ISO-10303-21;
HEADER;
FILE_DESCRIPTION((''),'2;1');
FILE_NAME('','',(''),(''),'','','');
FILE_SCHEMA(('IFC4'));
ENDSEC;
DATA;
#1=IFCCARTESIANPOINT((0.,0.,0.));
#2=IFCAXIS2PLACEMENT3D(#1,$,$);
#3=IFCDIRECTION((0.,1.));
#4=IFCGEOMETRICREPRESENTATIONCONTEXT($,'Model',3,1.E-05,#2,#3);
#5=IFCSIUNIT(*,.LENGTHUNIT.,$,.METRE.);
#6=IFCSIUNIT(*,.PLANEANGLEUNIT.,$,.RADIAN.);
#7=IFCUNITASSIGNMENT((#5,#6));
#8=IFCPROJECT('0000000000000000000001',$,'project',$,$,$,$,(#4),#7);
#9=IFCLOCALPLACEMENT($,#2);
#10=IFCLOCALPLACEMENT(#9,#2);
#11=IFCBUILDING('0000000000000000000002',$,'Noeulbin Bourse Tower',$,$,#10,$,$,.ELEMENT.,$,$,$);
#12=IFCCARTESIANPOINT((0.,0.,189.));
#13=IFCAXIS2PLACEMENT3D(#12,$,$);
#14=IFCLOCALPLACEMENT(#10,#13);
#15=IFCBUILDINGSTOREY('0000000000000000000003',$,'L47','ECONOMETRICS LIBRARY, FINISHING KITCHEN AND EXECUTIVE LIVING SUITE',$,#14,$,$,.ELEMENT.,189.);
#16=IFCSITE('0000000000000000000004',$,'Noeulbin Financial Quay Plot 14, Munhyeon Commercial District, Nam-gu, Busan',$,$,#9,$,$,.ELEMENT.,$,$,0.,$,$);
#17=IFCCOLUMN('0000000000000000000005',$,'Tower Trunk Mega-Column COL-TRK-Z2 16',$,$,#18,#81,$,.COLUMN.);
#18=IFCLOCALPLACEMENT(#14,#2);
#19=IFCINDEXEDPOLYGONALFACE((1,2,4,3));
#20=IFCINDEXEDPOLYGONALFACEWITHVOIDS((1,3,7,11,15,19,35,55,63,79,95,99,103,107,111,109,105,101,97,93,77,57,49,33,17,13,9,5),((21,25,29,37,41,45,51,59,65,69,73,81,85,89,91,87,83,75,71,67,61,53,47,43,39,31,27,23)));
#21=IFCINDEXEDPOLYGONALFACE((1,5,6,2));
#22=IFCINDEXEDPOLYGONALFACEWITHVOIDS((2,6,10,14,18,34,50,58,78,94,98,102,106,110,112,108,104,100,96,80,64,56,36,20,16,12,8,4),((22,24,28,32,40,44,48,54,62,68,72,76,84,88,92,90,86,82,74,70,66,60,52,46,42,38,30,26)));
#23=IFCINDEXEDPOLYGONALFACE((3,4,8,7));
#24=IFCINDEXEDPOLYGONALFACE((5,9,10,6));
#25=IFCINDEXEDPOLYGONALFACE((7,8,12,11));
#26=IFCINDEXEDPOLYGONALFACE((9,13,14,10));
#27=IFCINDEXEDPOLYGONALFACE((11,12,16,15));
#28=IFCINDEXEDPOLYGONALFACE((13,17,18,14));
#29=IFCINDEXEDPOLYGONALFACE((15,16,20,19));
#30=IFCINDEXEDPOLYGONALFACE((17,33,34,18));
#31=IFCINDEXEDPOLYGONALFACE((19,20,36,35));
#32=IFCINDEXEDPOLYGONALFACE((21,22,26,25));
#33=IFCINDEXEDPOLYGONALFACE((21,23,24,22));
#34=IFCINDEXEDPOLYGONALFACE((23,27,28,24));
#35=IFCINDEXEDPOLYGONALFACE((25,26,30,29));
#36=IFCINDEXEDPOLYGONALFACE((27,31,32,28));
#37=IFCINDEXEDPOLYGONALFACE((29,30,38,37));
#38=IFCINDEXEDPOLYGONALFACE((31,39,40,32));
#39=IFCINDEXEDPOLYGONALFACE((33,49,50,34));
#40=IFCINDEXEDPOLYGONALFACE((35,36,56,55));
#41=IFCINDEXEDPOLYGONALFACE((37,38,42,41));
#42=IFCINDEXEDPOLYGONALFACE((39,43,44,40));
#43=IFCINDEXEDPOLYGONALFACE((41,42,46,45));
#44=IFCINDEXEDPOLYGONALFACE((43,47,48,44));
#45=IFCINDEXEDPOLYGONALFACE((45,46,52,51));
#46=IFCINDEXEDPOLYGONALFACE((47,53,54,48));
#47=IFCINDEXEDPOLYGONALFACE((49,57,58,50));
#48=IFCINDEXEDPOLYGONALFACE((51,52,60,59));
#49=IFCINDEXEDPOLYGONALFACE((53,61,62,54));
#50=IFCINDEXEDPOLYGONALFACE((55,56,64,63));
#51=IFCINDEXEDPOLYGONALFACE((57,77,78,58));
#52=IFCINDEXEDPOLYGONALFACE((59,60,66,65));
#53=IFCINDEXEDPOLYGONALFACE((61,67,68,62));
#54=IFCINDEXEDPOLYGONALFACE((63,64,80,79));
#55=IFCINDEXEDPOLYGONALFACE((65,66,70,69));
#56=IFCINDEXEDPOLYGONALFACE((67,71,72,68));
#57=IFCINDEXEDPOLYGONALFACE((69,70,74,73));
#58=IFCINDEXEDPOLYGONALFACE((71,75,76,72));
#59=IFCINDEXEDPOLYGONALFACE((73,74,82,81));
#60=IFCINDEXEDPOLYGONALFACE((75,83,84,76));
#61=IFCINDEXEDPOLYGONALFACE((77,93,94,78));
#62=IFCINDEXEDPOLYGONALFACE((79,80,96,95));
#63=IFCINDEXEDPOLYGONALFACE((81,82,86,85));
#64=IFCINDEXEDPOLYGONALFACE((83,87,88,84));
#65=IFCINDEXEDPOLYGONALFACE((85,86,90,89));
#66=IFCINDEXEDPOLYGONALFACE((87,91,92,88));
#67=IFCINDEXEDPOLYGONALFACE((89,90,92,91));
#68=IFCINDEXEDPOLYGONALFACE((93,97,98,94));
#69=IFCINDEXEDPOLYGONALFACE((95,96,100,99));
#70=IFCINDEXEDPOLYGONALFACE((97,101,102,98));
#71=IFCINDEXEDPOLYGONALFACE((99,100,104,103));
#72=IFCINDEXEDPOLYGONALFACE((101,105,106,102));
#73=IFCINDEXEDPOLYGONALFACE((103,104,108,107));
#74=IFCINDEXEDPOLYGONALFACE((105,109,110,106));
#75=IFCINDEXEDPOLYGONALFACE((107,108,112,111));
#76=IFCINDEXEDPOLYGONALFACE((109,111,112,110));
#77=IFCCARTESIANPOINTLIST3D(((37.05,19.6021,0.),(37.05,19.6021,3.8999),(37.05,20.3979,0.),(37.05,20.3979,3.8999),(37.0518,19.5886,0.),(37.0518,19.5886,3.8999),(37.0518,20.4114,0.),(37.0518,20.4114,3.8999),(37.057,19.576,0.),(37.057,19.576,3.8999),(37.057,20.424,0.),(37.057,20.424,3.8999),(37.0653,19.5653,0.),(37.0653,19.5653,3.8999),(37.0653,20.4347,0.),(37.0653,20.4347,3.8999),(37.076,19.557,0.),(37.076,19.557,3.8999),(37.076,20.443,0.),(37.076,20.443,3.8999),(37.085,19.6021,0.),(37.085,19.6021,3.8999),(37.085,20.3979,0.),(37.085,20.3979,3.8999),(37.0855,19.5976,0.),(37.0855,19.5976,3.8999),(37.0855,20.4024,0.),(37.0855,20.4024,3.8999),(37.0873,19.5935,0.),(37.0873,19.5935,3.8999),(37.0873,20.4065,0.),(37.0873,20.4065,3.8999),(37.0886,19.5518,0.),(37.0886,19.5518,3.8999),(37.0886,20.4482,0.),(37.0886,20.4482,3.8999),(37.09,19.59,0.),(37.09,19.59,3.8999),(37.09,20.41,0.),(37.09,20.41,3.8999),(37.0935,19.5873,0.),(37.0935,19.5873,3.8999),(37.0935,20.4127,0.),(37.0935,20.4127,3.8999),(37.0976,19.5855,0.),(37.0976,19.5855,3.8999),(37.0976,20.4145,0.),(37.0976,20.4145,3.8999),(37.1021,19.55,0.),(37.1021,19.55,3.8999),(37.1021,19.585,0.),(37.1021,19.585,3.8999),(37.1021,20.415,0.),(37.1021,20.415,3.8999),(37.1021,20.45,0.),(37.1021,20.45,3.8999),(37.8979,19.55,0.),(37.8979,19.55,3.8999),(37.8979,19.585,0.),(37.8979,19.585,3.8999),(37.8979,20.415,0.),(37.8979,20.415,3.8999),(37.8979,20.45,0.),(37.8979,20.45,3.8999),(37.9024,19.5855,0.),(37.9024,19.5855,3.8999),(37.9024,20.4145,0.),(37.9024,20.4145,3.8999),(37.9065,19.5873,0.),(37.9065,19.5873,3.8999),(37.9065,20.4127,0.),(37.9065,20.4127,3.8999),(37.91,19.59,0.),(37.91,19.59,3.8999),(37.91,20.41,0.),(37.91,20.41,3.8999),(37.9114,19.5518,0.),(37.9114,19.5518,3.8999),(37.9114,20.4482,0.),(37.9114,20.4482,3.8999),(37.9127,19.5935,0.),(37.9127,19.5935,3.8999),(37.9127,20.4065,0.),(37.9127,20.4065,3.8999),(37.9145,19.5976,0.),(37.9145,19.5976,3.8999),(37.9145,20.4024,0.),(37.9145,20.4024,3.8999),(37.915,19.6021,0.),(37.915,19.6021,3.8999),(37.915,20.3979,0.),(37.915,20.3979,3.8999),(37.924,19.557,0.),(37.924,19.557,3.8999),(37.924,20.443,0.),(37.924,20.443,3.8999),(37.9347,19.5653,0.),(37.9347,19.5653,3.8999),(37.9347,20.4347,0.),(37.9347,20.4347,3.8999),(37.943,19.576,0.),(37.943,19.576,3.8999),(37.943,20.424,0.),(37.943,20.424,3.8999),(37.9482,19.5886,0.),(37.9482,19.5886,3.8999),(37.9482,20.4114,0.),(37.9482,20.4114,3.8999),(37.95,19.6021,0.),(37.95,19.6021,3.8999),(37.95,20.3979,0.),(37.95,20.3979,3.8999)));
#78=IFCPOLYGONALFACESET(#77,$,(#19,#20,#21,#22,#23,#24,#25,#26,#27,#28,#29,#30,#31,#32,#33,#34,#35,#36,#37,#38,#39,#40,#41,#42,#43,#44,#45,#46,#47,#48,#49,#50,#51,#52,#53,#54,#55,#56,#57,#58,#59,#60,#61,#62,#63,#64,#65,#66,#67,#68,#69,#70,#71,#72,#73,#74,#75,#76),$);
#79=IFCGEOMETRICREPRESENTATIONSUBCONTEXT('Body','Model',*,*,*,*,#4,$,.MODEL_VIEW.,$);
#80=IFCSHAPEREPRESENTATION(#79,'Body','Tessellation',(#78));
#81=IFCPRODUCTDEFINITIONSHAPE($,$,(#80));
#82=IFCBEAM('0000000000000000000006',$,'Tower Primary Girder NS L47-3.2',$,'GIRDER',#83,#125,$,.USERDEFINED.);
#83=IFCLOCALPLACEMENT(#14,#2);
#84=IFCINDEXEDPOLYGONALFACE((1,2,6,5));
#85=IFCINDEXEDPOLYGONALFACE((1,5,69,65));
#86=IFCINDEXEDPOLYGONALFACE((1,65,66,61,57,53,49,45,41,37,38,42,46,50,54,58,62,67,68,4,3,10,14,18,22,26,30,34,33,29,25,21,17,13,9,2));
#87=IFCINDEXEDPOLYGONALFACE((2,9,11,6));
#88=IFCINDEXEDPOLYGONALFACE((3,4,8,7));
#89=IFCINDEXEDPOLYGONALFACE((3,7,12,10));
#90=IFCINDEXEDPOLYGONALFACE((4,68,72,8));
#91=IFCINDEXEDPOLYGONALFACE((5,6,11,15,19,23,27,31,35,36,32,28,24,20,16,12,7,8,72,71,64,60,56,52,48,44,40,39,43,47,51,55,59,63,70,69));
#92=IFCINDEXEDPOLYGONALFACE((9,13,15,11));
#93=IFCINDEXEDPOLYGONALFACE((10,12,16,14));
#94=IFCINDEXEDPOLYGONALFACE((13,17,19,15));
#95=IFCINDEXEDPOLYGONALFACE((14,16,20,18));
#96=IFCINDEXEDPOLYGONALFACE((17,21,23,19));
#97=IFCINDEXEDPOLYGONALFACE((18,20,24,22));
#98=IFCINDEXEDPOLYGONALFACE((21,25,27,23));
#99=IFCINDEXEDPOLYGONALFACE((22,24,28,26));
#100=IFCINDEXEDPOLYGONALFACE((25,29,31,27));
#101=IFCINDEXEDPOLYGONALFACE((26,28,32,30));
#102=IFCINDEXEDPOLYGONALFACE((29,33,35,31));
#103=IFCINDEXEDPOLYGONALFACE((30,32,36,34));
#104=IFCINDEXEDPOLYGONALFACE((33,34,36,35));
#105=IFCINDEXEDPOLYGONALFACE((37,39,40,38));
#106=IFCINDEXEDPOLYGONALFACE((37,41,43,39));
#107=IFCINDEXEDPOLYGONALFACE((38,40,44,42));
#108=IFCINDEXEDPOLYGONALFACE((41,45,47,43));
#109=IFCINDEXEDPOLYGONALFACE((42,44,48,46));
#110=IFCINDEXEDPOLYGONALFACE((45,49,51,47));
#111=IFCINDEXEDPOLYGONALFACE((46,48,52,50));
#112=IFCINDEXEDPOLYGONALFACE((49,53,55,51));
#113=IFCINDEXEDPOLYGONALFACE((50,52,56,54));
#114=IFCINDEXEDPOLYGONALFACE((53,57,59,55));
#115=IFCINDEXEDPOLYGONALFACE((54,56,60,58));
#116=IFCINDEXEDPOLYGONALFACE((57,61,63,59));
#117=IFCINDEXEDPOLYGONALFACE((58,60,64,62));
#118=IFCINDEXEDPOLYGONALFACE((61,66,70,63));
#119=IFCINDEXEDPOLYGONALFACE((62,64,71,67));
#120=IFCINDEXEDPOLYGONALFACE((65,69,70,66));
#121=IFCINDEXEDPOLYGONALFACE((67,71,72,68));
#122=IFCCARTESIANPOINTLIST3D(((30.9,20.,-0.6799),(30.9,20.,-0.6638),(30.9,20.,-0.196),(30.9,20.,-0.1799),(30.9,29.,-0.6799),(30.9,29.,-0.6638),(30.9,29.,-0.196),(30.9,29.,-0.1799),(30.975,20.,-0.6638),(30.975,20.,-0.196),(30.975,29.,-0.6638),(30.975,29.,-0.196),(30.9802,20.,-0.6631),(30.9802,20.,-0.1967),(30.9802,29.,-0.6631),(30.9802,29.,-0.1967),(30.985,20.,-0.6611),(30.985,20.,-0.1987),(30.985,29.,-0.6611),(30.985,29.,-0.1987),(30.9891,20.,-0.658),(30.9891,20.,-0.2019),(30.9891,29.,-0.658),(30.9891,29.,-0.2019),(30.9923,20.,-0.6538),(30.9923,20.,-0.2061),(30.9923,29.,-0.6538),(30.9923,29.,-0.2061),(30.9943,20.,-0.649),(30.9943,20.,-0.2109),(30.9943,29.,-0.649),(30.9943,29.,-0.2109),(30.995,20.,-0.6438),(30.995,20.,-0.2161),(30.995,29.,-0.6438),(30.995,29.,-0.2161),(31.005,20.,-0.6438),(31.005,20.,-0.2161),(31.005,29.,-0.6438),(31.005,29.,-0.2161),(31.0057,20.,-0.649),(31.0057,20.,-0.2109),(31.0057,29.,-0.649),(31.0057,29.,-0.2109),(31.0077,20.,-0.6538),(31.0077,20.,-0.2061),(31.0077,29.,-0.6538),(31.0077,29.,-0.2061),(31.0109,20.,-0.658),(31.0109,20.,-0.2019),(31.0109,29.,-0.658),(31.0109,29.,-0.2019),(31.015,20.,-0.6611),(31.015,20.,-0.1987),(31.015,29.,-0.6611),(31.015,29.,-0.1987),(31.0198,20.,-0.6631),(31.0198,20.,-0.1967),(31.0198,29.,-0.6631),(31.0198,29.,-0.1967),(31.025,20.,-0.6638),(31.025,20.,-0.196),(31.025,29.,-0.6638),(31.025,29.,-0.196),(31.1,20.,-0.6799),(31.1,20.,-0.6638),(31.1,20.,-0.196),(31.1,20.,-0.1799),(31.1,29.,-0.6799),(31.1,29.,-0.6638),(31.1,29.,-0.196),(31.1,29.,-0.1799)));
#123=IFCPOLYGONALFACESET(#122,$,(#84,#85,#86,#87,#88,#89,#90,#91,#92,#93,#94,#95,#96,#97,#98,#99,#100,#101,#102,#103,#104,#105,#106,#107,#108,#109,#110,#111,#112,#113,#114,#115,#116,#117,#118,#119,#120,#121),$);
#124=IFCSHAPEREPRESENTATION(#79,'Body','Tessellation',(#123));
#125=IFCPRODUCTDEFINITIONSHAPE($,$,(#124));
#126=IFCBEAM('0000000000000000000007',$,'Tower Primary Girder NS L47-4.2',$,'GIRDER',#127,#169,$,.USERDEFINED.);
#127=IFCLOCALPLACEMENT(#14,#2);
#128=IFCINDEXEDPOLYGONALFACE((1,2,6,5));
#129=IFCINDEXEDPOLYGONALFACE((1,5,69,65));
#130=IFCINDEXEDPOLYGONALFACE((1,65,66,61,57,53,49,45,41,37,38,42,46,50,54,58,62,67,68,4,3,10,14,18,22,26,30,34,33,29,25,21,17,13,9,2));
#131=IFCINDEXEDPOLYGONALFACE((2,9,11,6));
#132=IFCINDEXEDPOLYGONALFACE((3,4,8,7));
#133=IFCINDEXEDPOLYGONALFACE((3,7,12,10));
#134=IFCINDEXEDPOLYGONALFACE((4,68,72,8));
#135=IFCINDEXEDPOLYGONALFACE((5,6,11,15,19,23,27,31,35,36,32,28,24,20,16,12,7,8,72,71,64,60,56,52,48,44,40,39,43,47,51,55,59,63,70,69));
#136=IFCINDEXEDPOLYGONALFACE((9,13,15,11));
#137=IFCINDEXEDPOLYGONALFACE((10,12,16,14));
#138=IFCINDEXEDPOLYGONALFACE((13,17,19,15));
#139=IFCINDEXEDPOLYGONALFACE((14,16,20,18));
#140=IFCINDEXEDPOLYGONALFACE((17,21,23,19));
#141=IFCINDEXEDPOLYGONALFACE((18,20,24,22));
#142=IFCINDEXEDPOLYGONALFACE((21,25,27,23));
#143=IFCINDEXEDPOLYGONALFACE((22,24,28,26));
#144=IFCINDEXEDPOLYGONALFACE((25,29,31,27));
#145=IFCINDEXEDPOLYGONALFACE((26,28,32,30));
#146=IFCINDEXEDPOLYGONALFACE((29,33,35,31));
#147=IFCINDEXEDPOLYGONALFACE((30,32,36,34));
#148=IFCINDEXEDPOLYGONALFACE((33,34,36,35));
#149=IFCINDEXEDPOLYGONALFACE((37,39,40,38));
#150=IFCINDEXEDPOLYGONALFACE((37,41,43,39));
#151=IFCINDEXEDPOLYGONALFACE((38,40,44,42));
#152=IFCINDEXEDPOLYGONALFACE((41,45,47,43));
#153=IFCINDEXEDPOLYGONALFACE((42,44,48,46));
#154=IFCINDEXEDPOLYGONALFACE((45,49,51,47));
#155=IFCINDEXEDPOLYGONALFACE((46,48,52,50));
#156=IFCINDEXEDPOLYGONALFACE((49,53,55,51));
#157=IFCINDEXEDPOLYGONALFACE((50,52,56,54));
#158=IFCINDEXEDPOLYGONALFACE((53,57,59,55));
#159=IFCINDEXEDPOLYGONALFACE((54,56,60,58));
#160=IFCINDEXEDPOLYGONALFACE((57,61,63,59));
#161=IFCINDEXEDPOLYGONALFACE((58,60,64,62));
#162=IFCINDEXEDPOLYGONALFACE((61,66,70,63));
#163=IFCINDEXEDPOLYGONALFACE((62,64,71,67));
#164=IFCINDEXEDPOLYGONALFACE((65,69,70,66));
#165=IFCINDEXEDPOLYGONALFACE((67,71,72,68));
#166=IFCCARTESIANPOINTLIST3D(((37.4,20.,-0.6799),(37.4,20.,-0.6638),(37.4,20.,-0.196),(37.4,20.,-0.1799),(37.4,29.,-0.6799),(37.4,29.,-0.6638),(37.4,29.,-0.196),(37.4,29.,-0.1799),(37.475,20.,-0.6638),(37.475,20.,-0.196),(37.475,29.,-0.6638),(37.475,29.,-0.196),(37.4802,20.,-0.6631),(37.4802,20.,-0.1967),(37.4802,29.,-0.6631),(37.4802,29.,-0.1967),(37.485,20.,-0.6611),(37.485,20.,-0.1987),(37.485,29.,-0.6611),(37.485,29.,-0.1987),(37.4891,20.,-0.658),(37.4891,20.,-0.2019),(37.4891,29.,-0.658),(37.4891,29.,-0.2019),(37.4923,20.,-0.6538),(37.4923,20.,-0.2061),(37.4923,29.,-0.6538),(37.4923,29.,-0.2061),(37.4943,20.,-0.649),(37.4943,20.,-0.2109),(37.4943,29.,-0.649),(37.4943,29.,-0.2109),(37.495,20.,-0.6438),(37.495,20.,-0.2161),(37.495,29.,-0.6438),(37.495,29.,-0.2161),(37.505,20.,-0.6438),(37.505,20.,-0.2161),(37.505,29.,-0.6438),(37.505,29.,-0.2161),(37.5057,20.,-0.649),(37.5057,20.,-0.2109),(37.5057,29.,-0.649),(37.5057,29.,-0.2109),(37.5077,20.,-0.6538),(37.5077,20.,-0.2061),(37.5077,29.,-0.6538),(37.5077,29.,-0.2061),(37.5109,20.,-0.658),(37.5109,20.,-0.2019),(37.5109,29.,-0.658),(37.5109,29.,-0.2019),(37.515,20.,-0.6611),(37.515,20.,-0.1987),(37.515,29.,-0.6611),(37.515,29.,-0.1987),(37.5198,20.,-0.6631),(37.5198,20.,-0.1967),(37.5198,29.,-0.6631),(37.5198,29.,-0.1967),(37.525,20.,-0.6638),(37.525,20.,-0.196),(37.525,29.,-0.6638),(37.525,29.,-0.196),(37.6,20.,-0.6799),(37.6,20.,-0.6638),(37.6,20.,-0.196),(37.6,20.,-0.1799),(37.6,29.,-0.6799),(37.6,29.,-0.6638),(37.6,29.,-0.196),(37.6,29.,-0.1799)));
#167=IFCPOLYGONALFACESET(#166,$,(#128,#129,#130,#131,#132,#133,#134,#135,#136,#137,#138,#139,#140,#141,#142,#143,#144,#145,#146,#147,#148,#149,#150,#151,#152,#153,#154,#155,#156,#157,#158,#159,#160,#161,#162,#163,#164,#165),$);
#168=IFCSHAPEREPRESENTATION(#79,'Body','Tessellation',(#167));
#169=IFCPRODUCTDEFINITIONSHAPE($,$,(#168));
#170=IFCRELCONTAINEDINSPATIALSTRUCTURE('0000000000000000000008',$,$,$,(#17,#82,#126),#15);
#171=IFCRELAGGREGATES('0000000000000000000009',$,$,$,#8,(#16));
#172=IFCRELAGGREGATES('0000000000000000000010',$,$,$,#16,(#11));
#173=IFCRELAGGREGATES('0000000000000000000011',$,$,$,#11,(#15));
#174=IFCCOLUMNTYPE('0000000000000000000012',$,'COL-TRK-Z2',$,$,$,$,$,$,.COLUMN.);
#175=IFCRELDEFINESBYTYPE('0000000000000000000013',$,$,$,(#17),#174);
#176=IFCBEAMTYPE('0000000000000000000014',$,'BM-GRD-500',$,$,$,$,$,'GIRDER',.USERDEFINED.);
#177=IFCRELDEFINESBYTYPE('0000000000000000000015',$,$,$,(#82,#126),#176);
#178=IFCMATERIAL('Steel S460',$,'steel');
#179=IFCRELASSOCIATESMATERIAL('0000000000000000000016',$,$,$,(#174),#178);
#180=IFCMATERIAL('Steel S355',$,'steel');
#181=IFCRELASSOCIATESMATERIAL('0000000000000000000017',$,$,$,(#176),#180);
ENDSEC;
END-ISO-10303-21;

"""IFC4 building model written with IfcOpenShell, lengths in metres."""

from ifc_helpers import new_model, si_unit, direction, frame, origin, origin_2d, place, context, subcontext, project, spatial, hollow_rectangle, i_section, extrude, material, material_profile, profile_set, type_object, element, save


model = new_model("IFC4")

# Units and contexts
model_context = context("Model", 3, precision=1e-05, world=origin(), true_north=direction((0.0, 1.0)))
body_context = subcontext(model_context, "Body", "Model", "MODEL_VIEW")
ifc_project = project(units=[si_unit("LENGTHUNIT", "METRE"), si_unit("PLANEANGLEUNIT", "RADIAN")], contexts=[model_context])

# Site, building, storey
site_placement = place(None, origin())
site = spatial("IfcSite", under=ifc_project, at=site_placement, Name="Noeulbin Financial Quay Plot 14, Munhyeon Commercial District, Nam-gu, Busan", CompositionType="ELEMENT", RefElevation=0.0)
building_placement = place(site_placement, origin())
building = spatial("IfcBuilding", under=site, at=building_placement, Name="Noeulbin Bourse Tower", CompositionType="ELEMENT")
storey_placement = place(building_placement, frame((0.0, 0.0, 189.0)))
storey = spatial("IfcBuildingStorey", under=building, at=storey_placement, Name="L47", Description="ECONOMETRICS LIBRARY, FINISHING KITCHEN AND EXECUTIVE LIVING SUITE", CompositionType="ELEMENT", Elevation=189.0)

# Column
ifc_material_1 = material(Name="Steel S460", Category="steel")
ifc_material_profile_1 = material_profile(ifc_material_1, hollow_rectangle(XDim=0.8999, YDim=0.8999, WallThickness=0.0349, InnerFilletRadius=0.0171, OuterFilletRadius=0.052, at=origin_2d()), Name="BOX-900x900x35", Category="LoadBearing")
ifc_profile_set_1 = profile_set([ifc_material_profile_1], Name="Steel S460")
column_type = type_object("IfcColumnType", Name="COL-TRK-Z2", PredefinedType="COLUMN", material=ifc_profile_set_1)
for number, where, z_axis, x_axis, name in (
    (1, (37.5, 20.0, 0.0), (0.0, 0.0, 1.0), (1.0, 0.0, 0.0), "Tower Trunk Mega-Column COL-TRK-Z2 16"),
):
    element("IfcColumn", number, at=place(storey_placement, frame(where, z_axis=z_axis, x_axis=x_axis)), inside=storey, type_object=column_type, Name=name, PredefinedType="COLUMN", context=body_context, shape_type="SweptSolid", body=[
        extrude(hollow_rectangle(XDim=0.8999, YDim=0.8999, WallThickness=0.0349, InnerFilletRadius=0.0171, OuterFilletRadius=0.052, at=origin_2d()), origin(), (0.0, 0.0, 1.0), 3.8999),
    ])

# Beams
ifc_material_2 = material(Name="Steel S355", Category="steel")
ifc_material_profile_2 = material_profile(ifc_material_2, i_section(OverallWidth=0.2, OverallDepth=0.5, WebThickness=0.01, FlangeThickness=0.0161, FilletRadius=0.02, at=origin_2d()), Name="H-500x200x10x16", Category="LoadBearing")
ifc_profile_set_2 = profile_set([ifc_material_profile_2], Name="Steel S355")
beam_type_1 = type_object("IfcBeamType", Name="BM-GRD-500", ElementType="GIRDER", PredefinedType="USERDEFINED", material=ifc_profile_set_2)
for number, where, z_axis, x_axis, name in (
    (2, (31.0, 20.0, -0.4299), (0.0, 1.0, 0.0), (-1.0, 0.0, 0.0), "Tower Primary Girder NS L47-3.2"),
    (3, (37.5, 20.0, -0.4299), (0.0, 1.0, 0.0), (-1.0, 0.0, 0.0), "Tower Primary Girder NS L47-4.2"),
):
    element("IfcBeam", number, at=place(storey_placement, frame(where, z_axis=z_axis, x_axis=x_axis)), inside=storey, type_object=beam_type_1, Name=name, ObjectType="GIRDER", PredefinedType="USERDEFINED", context=body_context, shape_type="SweptSolid", body=[
        extrude(i_section(OverallWidth=0.2, OverallDepth=0.5, WebThickness=0.01, FlangeThickness=0.0161, FilletRadius=0.02, at=origin_2d()), origin(), (0.0, 0.0, 1.0), 9.0),
    ])

save(model, "model.ifc")
